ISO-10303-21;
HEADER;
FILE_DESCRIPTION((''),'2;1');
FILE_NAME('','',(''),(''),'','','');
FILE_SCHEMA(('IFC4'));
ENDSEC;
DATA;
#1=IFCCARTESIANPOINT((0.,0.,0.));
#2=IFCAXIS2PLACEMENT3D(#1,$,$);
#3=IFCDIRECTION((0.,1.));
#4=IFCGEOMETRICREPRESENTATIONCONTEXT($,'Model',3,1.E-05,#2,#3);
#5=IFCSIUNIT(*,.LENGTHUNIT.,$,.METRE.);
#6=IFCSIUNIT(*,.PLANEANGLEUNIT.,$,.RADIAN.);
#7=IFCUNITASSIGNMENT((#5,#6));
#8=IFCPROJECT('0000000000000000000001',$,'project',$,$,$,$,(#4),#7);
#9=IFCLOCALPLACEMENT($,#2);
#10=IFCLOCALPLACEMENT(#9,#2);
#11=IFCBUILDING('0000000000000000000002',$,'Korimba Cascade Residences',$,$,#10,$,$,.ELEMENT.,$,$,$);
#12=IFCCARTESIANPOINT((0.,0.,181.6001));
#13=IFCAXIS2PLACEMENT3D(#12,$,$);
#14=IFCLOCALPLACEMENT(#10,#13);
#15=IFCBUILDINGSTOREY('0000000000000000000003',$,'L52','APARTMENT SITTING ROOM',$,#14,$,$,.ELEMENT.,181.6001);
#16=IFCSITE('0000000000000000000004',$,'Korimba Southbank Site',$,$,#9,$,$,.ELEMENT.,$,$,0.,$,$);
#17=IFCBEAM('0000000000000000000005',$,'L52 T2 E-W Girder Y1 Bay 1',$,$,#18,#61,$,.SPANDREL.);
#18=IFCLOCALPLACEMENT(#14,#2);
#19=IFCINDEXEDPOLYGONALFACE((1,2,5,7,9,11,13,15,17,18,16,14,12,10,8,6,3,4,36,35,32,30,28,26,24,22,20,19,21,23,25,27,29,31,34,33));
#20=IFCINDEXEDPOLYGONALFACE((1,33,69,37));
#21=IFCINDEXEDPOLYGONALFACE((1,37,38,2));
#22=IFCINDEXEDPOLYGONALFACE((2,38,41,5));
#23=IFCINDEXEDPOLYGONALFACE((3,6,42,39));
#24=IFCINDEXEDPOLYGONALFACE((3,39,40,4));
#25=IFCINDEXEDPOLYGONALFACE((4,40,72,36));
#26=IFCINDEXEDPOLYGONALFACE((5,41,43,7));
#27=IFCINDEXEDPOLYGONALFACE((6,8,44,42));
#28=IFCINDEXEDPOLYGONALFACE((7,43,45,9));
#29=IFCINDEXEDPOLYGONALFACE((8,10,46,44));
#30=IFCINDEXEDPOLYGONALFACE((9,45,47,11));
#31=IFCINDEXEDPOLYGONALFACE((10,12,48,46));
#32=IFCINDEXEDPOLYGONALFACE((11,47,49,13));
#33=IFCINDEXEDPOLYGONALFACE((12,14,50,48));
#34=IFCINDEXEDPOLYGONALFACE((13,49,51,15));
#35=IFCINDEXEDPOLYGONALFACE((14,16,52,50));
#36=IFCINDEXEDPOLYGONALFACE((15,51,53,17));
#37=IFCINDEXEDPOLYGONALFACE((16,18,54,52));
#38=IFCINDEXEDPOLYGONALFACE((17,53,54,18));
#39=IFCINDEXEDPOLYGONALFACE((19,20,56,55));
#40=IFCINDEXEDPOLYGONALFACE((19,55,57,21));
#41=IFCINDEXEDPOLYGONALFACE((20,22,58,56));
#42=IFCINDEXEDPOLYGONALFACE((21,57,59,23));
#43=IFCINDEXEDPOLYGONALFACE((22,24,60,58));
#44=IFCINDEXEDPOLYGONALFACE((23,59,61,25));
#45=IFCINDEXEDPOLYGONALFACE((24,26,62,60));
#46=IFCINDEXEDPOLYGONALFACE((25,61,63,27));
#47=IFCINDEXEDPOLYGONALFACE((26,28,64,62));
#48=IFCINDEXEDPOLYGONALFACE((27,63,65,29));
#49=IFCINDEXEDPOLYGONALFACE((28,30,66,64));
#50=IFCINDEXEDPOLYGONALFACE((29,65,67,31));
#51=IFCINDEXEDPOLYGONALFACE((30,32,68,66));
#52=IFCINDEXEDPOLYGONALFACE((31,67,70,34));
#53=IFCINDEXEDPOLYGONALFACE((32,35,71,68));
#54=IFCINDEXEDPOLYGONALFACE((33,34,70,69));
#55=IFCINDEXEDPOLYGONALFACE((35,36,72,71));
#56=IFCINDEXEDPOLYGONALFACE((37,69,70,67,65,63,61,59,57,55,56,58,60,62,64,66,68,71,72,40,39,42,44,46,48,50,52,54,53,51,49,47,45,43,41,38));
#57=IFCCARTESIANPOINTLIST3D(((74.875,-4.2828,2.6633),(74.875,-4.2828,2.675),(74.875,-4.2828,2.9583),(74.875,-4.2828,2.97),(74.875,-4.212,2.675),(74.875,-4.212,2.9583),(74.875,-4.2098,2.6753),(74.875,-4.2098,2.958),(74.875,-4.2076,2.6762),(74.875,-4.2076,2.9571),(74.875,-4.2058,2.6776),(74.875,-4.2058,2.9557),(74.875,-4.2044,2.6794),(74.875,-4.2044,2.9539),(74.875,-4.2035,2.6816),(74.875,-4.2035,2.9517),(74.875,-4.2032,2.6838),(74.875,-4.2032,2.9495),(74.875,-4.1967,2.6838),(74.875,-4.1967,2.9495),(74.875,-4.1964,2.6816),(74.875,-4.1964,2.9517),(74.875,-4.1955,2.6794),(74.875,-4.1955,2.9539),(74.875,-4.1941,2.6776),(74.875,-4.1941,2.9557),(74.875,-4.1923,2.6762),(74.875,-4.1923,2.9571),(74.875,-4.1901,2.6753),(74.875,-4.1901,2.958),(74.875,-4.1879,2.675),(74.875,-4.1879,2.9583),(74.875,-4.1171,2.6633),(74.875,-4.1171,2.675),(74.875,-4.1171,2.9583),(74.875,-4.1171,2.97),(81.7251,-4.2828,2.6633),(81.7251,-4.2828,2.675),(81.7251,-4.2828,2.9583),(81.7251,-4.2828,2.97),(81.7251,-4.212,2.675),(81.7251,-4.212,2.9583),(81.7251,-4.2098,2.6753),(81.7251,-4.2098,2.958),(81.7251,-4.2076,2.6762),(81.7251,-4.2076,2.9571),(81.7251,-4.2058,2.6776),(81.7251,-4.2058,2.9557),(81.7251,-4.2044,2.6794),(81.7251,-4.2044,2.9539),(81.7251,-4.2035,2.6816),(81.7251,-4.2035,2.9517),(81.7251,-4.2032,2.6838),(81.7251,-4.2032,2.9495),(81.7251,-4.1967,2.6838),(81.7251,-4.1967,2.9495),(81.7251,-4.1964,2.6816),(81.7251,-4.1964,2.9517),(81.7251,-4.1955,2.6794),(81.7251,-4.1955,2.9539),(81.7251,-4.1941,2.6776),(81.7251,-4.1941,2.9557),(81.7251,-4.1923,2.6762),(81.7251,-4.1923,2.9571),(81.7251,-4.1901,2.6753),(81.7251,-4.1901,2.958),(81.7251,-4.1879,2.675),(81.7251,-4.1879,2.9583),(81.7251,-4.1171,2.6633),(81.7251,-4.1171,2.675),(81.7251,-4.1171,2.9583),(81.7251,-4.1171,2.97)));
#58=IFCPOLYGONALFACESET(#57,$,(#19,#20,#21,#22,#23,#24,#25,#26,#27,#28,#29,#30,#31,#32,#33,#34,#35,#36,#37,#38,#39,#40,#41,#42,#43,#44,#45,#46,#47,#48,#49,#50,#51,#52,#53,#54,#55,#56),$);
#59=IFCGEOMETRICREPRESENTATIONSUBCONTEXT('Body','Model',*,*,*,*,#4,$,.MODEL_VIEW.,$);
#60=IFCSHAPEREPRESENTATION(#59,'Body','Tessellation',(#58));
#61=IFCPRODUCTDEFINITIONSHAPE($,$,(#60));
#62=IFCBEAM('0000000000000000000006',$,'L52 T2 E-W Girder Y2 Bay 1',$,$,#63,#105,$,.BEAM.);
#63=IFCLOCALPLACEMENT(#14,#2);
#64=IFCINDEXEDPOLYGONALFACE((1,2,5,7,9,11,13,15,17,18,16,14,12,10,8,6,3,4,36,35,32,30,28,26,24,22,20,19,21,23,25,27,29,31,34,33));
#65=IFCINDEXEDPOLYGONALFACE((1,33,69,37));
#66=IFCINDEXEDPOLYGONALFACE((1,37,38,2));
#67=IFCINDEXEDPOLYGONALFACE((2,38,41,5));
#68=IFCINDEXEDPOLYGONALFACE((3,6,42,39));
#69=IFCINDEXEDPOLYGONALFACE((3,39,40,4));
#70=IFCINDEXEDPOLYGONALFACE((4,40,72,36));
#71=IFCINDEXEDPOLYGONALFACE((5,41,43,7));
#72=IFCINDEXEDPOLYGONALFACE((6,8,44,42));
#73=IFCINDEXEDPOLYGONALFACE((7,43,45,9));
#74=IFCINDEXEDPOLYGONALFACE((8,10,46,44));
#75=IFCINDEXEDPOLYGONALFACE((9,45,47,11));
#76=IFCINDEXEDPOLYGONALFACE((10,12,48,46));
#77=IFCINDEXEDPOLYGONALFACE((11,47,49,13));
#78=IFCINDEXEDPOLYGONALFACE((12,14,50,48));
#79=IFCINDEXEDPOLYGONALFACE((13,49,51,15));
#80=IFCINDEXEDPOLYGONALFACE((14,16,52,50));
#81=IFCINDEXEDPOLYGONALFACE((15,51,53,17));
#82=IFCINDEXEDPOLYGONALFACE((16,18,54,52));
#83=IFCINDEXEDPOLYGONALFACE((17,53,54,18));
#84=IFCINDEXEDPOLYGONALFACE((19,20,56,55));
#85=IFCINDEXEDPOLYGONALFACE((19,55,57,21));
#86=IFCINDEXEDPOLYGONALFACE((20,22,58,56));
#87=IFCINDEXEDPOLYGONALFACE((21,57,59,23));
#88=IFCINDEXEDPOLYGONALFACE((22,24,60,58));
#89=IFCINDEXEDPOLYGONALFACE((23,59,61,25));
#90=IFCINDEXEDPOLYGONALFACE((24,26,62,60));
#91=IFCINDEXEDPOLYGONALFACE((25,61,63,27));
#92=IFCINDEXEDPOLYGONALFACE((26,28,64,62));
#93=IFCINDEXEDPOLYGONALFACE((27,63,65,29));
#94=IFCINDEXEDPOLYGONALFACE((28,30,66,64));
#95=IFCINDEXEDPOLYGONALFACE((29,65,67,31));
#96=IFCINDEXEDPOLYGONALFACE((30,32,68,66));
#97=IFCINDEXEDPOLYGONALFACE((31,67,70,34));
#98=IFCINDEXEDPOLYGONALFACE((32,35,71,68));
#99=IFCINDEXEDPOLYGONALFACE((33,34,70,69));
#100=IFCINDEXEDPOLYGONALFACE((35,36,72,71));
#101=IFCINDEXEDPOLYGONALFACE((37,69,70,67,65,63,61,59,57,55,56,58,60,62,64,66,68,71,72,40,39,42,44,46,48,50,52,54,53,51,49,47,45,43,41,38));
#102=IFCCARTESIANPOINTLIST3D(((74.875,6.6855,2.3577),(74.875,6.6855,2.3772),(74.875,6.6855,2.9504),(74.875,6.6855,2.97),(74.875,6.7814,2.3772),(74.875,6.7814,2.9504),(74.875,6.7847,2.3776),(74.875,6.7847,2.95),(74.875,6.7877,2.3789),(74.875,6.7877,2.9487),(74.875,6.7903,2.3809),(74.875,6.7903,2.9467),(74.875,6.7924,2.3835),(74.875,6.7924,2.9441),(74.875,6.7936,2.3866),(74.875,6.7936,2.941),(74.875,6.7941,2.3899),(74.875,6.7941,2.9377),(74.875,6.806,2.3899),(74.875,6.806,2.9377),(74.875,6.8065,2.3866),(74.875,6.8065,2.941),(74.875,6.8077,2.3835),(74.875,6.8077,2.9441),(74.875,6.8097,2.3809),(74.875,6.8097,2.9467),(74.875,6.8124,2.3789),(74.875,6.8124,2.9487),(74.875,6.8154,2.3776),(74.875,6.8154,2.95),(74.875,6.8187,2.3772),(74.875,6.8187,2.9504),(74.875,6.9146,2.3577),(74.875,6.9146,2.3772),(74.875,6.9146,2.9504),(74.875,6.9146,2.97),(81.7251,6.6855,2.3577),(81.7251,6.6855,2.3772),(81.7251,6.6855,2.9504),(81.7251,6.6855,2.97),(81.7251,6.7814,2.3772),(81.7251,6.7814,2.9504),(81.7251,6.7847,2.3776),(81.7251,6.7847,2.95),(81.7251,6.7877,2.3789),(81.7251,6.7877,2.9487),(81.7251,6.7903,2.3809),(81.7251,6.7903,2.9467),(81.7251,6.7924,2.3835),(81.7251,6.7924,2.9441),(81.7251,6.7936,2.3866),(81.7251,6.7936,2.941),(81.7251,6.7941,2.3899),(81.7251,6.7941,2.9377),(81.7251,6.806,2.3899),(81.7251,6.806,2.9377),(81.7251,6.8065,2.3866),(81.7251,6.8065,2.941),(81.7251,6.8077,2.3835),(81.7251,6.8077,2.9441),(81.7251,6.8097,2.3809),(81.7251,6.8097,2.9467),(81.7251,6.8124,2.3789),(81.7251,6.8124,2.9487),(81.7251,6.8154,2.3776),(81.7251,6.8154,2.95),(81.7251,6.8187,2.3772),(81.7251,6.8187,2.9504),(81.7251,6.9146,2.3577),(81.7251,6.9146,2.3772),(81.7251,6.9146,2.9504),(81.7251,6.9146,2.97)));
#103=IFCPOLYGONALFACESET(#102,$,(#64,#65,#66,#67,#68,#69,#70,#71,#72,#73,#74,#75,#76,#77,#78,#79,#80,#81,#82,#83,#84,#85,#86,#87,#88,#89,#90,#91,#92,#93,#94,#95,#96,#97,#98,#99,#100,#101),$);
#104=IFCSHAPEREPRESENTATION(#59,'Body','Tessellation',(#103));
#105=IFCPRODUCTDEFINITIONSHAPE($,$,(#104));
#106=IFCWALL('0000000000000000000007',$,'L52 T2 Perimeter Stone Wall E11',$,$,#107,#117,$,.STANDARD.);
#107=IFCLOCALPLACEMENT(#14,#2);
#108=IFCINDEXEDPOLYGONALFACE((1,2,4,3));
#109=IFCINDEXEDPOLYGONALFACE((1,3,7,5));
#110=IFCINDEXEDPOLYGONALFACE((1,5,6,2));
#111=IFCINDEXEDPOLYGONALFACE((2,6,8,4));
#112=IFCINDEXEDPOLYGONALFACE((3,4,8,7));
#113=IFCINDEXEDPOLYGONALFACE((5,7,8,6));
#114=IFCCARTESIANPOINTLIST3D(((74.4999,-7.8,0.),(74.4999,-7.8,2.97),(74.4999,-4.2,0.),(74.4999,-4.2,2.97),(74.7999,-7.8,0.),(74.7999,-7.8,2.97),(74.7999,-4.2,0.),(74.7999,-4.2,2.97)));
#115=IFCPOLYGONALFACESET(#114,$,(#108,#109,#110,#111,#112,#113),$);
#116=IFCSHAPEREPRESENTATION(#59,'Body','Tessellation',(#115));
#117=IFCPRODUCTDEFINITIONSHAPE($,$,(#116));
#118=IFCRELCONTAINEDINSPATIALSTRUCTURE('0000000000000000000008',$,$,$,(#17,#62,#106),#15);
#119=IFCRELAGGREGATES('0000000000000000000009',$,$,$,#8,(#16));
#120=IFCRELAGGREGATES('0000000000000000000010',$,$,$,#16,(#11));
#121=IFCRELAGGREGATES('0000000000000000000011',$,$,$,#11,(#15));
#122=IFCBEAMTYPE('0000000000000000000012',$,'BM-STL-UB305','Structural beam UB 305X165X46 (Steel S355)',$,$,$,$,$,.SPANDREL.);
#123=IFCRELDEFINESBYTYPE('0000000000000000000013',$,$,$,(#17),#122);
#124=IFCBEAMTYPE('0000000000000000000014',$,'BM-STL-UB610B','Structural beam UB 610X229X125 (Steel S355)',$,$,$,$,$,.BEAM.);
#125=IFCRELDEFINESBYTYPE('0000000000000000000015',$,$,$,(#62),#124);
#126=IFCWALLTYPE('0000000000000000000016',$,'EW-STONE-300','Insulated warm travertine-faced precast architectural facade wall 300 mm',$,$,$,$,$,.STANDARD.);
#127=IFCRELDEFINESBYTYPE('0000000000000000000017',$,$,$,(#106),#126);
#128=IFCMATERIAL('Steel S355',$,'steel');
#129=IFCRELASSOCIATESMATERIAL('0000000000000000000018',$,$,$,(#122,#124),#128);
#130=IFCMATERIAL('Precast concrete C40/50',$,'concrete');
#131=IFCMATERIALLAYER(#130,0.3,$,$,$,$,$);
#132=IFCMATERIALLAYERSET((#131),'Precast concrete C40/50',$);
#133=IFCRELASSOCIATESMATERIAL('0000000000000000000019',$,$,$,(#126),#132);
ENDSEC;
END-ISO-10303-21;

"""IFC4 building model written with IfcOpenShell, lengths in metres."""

from ifc_helpers import new_model, si_unit, direction, frame, frame_2d, origin, origin_2d, place, context, subcontext, project, spatial, rectangle, i_section, extrude, material, layer, layer_set, material_profile, profile_set, type_object, element, save


model = new_model("IFC4")

# Units and contexts
model_context = context("Model", 3, precision=1e-05, world=origin(), true_north=direction((0.0, 1.0)))
body_context = subcontext(model_context, "Body", "Model", "MODEL_VIEW")
ifc_project = project(units=[si_unit("LENGTHUNIT", "METRE"), si_unit("PLANEANGLEUNIT", "RADIAN")], contexts=[model_context])

# Site, building, storey
site_placement = place(None, origin())
site = spatial("IfcSite", under=ifc_project, at=site_placement, Name="Korimba Southbank Site", CompositionType="ELEMENT", RefElevation=0.0)
building_placement = place(site_placement, origin())
building = spatial("IfcBuilding", under=site, at=building_placement, Name="Korimba Cascade Residences", CompositionType="ELEMENT")
storey_placement = place(building_placement, frame((0.0, 0.0, 181.6001)))
storey = spatial("IfcBuildingStorey", under=building, at=storey_placement, Name="L52", Description="APARTMENT SITTING ROOM", CompositionType="ELEMENT", Elevation=181.6001)

# Beams
ifc_material_1 = material(Name="Steel S355", Category="steel")
ifc_material_profile_1 = material_profile(ifc_material_1, i_section(OverallWidth=0.1658, OverallDepth=0.3066, WebThickness=0.0066, FlangeThickness=0.0117, FilletRadius=0.0088, at=origin_2d()), Name="Steel S355")
ifc_profile_set_1 = profile_set([ifc_material_profile_1], Name="Steel S355")
beam_type_1 = type_object("IfcBeamType", Name="BM-STL-UB305", Description="Structural beam UB 305X165X46 (Steel S355)", PredefinedType="SPANDREL", material=ifc_profile_set_1)
beam_1_placement = place(storey_placement, frame((74.875, -4.2, 2.8167), z_axis=(1.0, 0.0, 0.0), x_axis=(0.0, 1.0, 0.0)))
element("IfcBeam", 1, at=beam_1_placement, inside=storey, type_object=beam_type_1, Name="L52 T2 E-W Girder Y1 Bay 1", PredefinedType="SPANDREL", context=body_context, shape_type="SweptSolid", body=[
    extrude(i_section(OverallWidth=0.1658, OverallDepth=0.3066, WebThickness=0.0066, FlangeThickness=0.0117, FilletRadius=0.0088, at=origin_2d()), origin(), (0.0, 0.0, 1.0), 6.8501),
])
ifc_material_profile_2 = material_profile(ifc_material_1, i_section(OverallWidth=0.229, OverallDepth=0.6123, WebThickness=0.012, FlangeThickness=0.0195, FilletRadius=0.0127, at=origin_2d()), Name="Steel S355")
ifc_profile_set_2 = profile_set([ifc_material_profile_2], Name="Steel S355")
beam_type_2 = type_object("IfcBeamType", Name="BM-STL-UB610B", Description="Structural beam UB 610X229X125 (Steel S355)", PredefinedType="BEAM", material=ifc_profile_set_2)
beam_2_placement = place(storey_placement, frame((74.875, 6.8, 2.6638), z_axis=(1.0, 0.0, 0.0), x_axis=(0.0, 1.0, 0.0)))
element("IfcBeam", 2, at=beam_2_placement, inside=storey, type_object=beam_type_2, Name="L52 T2 E-W Girder Y2 Bay 1", PredefinedType="BEAM", context=body_context, shape_type="SweptSolid", body=[
    extrude(i_section(OverallWidth=0.229, OverallDepth=0.6123, WebThickness=0.012, FlangeThickness=0.0195, FilletRadius=0.0127, at=origin_2d()), origin(), (0.0, 0.0, 1.0), 6.8501),
])

# Wall
ifc_material_2 = material(Name="Precast concrete C40/50", Category="concrete")
ifc_layer_1 = layer(ifc_material_2, 0.3)
ifc_layer_set_1 = layer_set([ifc_layer_1], Name="Precast concrete C40/50")
wall_type_1 = type_object("IfcWallType", Name="EW-STONE-300", Description="Insulated warm travertine-faced precast architectural facade wall 300 mm", PredefinedType="STANDARD", material=ifc_layer_set_1)
wall_1_placement = place(storey_placement, frame((74.6499, -4.2, 0.0), z_axis=(0.0, 0.0, 1.0), x_axis=(0.0, -1.0, 0.0)))
element("IfcWall", 3, at=wall_1_placement, inside=storey, type_object=wall_type_1, Name="L52 T2 Perimeter Stone Wall E11", PredefinedType="STANDARD", context=body_context, shape_type="SweptSolid", body=[
    extrude(rectangle(XDim=3.6001, YDim=0.3, at=frame_2d((1.8, 0.0))), origin(), (0.0, 0.0, 1.0), 2.97),
])

save(model, "model.ifc")
